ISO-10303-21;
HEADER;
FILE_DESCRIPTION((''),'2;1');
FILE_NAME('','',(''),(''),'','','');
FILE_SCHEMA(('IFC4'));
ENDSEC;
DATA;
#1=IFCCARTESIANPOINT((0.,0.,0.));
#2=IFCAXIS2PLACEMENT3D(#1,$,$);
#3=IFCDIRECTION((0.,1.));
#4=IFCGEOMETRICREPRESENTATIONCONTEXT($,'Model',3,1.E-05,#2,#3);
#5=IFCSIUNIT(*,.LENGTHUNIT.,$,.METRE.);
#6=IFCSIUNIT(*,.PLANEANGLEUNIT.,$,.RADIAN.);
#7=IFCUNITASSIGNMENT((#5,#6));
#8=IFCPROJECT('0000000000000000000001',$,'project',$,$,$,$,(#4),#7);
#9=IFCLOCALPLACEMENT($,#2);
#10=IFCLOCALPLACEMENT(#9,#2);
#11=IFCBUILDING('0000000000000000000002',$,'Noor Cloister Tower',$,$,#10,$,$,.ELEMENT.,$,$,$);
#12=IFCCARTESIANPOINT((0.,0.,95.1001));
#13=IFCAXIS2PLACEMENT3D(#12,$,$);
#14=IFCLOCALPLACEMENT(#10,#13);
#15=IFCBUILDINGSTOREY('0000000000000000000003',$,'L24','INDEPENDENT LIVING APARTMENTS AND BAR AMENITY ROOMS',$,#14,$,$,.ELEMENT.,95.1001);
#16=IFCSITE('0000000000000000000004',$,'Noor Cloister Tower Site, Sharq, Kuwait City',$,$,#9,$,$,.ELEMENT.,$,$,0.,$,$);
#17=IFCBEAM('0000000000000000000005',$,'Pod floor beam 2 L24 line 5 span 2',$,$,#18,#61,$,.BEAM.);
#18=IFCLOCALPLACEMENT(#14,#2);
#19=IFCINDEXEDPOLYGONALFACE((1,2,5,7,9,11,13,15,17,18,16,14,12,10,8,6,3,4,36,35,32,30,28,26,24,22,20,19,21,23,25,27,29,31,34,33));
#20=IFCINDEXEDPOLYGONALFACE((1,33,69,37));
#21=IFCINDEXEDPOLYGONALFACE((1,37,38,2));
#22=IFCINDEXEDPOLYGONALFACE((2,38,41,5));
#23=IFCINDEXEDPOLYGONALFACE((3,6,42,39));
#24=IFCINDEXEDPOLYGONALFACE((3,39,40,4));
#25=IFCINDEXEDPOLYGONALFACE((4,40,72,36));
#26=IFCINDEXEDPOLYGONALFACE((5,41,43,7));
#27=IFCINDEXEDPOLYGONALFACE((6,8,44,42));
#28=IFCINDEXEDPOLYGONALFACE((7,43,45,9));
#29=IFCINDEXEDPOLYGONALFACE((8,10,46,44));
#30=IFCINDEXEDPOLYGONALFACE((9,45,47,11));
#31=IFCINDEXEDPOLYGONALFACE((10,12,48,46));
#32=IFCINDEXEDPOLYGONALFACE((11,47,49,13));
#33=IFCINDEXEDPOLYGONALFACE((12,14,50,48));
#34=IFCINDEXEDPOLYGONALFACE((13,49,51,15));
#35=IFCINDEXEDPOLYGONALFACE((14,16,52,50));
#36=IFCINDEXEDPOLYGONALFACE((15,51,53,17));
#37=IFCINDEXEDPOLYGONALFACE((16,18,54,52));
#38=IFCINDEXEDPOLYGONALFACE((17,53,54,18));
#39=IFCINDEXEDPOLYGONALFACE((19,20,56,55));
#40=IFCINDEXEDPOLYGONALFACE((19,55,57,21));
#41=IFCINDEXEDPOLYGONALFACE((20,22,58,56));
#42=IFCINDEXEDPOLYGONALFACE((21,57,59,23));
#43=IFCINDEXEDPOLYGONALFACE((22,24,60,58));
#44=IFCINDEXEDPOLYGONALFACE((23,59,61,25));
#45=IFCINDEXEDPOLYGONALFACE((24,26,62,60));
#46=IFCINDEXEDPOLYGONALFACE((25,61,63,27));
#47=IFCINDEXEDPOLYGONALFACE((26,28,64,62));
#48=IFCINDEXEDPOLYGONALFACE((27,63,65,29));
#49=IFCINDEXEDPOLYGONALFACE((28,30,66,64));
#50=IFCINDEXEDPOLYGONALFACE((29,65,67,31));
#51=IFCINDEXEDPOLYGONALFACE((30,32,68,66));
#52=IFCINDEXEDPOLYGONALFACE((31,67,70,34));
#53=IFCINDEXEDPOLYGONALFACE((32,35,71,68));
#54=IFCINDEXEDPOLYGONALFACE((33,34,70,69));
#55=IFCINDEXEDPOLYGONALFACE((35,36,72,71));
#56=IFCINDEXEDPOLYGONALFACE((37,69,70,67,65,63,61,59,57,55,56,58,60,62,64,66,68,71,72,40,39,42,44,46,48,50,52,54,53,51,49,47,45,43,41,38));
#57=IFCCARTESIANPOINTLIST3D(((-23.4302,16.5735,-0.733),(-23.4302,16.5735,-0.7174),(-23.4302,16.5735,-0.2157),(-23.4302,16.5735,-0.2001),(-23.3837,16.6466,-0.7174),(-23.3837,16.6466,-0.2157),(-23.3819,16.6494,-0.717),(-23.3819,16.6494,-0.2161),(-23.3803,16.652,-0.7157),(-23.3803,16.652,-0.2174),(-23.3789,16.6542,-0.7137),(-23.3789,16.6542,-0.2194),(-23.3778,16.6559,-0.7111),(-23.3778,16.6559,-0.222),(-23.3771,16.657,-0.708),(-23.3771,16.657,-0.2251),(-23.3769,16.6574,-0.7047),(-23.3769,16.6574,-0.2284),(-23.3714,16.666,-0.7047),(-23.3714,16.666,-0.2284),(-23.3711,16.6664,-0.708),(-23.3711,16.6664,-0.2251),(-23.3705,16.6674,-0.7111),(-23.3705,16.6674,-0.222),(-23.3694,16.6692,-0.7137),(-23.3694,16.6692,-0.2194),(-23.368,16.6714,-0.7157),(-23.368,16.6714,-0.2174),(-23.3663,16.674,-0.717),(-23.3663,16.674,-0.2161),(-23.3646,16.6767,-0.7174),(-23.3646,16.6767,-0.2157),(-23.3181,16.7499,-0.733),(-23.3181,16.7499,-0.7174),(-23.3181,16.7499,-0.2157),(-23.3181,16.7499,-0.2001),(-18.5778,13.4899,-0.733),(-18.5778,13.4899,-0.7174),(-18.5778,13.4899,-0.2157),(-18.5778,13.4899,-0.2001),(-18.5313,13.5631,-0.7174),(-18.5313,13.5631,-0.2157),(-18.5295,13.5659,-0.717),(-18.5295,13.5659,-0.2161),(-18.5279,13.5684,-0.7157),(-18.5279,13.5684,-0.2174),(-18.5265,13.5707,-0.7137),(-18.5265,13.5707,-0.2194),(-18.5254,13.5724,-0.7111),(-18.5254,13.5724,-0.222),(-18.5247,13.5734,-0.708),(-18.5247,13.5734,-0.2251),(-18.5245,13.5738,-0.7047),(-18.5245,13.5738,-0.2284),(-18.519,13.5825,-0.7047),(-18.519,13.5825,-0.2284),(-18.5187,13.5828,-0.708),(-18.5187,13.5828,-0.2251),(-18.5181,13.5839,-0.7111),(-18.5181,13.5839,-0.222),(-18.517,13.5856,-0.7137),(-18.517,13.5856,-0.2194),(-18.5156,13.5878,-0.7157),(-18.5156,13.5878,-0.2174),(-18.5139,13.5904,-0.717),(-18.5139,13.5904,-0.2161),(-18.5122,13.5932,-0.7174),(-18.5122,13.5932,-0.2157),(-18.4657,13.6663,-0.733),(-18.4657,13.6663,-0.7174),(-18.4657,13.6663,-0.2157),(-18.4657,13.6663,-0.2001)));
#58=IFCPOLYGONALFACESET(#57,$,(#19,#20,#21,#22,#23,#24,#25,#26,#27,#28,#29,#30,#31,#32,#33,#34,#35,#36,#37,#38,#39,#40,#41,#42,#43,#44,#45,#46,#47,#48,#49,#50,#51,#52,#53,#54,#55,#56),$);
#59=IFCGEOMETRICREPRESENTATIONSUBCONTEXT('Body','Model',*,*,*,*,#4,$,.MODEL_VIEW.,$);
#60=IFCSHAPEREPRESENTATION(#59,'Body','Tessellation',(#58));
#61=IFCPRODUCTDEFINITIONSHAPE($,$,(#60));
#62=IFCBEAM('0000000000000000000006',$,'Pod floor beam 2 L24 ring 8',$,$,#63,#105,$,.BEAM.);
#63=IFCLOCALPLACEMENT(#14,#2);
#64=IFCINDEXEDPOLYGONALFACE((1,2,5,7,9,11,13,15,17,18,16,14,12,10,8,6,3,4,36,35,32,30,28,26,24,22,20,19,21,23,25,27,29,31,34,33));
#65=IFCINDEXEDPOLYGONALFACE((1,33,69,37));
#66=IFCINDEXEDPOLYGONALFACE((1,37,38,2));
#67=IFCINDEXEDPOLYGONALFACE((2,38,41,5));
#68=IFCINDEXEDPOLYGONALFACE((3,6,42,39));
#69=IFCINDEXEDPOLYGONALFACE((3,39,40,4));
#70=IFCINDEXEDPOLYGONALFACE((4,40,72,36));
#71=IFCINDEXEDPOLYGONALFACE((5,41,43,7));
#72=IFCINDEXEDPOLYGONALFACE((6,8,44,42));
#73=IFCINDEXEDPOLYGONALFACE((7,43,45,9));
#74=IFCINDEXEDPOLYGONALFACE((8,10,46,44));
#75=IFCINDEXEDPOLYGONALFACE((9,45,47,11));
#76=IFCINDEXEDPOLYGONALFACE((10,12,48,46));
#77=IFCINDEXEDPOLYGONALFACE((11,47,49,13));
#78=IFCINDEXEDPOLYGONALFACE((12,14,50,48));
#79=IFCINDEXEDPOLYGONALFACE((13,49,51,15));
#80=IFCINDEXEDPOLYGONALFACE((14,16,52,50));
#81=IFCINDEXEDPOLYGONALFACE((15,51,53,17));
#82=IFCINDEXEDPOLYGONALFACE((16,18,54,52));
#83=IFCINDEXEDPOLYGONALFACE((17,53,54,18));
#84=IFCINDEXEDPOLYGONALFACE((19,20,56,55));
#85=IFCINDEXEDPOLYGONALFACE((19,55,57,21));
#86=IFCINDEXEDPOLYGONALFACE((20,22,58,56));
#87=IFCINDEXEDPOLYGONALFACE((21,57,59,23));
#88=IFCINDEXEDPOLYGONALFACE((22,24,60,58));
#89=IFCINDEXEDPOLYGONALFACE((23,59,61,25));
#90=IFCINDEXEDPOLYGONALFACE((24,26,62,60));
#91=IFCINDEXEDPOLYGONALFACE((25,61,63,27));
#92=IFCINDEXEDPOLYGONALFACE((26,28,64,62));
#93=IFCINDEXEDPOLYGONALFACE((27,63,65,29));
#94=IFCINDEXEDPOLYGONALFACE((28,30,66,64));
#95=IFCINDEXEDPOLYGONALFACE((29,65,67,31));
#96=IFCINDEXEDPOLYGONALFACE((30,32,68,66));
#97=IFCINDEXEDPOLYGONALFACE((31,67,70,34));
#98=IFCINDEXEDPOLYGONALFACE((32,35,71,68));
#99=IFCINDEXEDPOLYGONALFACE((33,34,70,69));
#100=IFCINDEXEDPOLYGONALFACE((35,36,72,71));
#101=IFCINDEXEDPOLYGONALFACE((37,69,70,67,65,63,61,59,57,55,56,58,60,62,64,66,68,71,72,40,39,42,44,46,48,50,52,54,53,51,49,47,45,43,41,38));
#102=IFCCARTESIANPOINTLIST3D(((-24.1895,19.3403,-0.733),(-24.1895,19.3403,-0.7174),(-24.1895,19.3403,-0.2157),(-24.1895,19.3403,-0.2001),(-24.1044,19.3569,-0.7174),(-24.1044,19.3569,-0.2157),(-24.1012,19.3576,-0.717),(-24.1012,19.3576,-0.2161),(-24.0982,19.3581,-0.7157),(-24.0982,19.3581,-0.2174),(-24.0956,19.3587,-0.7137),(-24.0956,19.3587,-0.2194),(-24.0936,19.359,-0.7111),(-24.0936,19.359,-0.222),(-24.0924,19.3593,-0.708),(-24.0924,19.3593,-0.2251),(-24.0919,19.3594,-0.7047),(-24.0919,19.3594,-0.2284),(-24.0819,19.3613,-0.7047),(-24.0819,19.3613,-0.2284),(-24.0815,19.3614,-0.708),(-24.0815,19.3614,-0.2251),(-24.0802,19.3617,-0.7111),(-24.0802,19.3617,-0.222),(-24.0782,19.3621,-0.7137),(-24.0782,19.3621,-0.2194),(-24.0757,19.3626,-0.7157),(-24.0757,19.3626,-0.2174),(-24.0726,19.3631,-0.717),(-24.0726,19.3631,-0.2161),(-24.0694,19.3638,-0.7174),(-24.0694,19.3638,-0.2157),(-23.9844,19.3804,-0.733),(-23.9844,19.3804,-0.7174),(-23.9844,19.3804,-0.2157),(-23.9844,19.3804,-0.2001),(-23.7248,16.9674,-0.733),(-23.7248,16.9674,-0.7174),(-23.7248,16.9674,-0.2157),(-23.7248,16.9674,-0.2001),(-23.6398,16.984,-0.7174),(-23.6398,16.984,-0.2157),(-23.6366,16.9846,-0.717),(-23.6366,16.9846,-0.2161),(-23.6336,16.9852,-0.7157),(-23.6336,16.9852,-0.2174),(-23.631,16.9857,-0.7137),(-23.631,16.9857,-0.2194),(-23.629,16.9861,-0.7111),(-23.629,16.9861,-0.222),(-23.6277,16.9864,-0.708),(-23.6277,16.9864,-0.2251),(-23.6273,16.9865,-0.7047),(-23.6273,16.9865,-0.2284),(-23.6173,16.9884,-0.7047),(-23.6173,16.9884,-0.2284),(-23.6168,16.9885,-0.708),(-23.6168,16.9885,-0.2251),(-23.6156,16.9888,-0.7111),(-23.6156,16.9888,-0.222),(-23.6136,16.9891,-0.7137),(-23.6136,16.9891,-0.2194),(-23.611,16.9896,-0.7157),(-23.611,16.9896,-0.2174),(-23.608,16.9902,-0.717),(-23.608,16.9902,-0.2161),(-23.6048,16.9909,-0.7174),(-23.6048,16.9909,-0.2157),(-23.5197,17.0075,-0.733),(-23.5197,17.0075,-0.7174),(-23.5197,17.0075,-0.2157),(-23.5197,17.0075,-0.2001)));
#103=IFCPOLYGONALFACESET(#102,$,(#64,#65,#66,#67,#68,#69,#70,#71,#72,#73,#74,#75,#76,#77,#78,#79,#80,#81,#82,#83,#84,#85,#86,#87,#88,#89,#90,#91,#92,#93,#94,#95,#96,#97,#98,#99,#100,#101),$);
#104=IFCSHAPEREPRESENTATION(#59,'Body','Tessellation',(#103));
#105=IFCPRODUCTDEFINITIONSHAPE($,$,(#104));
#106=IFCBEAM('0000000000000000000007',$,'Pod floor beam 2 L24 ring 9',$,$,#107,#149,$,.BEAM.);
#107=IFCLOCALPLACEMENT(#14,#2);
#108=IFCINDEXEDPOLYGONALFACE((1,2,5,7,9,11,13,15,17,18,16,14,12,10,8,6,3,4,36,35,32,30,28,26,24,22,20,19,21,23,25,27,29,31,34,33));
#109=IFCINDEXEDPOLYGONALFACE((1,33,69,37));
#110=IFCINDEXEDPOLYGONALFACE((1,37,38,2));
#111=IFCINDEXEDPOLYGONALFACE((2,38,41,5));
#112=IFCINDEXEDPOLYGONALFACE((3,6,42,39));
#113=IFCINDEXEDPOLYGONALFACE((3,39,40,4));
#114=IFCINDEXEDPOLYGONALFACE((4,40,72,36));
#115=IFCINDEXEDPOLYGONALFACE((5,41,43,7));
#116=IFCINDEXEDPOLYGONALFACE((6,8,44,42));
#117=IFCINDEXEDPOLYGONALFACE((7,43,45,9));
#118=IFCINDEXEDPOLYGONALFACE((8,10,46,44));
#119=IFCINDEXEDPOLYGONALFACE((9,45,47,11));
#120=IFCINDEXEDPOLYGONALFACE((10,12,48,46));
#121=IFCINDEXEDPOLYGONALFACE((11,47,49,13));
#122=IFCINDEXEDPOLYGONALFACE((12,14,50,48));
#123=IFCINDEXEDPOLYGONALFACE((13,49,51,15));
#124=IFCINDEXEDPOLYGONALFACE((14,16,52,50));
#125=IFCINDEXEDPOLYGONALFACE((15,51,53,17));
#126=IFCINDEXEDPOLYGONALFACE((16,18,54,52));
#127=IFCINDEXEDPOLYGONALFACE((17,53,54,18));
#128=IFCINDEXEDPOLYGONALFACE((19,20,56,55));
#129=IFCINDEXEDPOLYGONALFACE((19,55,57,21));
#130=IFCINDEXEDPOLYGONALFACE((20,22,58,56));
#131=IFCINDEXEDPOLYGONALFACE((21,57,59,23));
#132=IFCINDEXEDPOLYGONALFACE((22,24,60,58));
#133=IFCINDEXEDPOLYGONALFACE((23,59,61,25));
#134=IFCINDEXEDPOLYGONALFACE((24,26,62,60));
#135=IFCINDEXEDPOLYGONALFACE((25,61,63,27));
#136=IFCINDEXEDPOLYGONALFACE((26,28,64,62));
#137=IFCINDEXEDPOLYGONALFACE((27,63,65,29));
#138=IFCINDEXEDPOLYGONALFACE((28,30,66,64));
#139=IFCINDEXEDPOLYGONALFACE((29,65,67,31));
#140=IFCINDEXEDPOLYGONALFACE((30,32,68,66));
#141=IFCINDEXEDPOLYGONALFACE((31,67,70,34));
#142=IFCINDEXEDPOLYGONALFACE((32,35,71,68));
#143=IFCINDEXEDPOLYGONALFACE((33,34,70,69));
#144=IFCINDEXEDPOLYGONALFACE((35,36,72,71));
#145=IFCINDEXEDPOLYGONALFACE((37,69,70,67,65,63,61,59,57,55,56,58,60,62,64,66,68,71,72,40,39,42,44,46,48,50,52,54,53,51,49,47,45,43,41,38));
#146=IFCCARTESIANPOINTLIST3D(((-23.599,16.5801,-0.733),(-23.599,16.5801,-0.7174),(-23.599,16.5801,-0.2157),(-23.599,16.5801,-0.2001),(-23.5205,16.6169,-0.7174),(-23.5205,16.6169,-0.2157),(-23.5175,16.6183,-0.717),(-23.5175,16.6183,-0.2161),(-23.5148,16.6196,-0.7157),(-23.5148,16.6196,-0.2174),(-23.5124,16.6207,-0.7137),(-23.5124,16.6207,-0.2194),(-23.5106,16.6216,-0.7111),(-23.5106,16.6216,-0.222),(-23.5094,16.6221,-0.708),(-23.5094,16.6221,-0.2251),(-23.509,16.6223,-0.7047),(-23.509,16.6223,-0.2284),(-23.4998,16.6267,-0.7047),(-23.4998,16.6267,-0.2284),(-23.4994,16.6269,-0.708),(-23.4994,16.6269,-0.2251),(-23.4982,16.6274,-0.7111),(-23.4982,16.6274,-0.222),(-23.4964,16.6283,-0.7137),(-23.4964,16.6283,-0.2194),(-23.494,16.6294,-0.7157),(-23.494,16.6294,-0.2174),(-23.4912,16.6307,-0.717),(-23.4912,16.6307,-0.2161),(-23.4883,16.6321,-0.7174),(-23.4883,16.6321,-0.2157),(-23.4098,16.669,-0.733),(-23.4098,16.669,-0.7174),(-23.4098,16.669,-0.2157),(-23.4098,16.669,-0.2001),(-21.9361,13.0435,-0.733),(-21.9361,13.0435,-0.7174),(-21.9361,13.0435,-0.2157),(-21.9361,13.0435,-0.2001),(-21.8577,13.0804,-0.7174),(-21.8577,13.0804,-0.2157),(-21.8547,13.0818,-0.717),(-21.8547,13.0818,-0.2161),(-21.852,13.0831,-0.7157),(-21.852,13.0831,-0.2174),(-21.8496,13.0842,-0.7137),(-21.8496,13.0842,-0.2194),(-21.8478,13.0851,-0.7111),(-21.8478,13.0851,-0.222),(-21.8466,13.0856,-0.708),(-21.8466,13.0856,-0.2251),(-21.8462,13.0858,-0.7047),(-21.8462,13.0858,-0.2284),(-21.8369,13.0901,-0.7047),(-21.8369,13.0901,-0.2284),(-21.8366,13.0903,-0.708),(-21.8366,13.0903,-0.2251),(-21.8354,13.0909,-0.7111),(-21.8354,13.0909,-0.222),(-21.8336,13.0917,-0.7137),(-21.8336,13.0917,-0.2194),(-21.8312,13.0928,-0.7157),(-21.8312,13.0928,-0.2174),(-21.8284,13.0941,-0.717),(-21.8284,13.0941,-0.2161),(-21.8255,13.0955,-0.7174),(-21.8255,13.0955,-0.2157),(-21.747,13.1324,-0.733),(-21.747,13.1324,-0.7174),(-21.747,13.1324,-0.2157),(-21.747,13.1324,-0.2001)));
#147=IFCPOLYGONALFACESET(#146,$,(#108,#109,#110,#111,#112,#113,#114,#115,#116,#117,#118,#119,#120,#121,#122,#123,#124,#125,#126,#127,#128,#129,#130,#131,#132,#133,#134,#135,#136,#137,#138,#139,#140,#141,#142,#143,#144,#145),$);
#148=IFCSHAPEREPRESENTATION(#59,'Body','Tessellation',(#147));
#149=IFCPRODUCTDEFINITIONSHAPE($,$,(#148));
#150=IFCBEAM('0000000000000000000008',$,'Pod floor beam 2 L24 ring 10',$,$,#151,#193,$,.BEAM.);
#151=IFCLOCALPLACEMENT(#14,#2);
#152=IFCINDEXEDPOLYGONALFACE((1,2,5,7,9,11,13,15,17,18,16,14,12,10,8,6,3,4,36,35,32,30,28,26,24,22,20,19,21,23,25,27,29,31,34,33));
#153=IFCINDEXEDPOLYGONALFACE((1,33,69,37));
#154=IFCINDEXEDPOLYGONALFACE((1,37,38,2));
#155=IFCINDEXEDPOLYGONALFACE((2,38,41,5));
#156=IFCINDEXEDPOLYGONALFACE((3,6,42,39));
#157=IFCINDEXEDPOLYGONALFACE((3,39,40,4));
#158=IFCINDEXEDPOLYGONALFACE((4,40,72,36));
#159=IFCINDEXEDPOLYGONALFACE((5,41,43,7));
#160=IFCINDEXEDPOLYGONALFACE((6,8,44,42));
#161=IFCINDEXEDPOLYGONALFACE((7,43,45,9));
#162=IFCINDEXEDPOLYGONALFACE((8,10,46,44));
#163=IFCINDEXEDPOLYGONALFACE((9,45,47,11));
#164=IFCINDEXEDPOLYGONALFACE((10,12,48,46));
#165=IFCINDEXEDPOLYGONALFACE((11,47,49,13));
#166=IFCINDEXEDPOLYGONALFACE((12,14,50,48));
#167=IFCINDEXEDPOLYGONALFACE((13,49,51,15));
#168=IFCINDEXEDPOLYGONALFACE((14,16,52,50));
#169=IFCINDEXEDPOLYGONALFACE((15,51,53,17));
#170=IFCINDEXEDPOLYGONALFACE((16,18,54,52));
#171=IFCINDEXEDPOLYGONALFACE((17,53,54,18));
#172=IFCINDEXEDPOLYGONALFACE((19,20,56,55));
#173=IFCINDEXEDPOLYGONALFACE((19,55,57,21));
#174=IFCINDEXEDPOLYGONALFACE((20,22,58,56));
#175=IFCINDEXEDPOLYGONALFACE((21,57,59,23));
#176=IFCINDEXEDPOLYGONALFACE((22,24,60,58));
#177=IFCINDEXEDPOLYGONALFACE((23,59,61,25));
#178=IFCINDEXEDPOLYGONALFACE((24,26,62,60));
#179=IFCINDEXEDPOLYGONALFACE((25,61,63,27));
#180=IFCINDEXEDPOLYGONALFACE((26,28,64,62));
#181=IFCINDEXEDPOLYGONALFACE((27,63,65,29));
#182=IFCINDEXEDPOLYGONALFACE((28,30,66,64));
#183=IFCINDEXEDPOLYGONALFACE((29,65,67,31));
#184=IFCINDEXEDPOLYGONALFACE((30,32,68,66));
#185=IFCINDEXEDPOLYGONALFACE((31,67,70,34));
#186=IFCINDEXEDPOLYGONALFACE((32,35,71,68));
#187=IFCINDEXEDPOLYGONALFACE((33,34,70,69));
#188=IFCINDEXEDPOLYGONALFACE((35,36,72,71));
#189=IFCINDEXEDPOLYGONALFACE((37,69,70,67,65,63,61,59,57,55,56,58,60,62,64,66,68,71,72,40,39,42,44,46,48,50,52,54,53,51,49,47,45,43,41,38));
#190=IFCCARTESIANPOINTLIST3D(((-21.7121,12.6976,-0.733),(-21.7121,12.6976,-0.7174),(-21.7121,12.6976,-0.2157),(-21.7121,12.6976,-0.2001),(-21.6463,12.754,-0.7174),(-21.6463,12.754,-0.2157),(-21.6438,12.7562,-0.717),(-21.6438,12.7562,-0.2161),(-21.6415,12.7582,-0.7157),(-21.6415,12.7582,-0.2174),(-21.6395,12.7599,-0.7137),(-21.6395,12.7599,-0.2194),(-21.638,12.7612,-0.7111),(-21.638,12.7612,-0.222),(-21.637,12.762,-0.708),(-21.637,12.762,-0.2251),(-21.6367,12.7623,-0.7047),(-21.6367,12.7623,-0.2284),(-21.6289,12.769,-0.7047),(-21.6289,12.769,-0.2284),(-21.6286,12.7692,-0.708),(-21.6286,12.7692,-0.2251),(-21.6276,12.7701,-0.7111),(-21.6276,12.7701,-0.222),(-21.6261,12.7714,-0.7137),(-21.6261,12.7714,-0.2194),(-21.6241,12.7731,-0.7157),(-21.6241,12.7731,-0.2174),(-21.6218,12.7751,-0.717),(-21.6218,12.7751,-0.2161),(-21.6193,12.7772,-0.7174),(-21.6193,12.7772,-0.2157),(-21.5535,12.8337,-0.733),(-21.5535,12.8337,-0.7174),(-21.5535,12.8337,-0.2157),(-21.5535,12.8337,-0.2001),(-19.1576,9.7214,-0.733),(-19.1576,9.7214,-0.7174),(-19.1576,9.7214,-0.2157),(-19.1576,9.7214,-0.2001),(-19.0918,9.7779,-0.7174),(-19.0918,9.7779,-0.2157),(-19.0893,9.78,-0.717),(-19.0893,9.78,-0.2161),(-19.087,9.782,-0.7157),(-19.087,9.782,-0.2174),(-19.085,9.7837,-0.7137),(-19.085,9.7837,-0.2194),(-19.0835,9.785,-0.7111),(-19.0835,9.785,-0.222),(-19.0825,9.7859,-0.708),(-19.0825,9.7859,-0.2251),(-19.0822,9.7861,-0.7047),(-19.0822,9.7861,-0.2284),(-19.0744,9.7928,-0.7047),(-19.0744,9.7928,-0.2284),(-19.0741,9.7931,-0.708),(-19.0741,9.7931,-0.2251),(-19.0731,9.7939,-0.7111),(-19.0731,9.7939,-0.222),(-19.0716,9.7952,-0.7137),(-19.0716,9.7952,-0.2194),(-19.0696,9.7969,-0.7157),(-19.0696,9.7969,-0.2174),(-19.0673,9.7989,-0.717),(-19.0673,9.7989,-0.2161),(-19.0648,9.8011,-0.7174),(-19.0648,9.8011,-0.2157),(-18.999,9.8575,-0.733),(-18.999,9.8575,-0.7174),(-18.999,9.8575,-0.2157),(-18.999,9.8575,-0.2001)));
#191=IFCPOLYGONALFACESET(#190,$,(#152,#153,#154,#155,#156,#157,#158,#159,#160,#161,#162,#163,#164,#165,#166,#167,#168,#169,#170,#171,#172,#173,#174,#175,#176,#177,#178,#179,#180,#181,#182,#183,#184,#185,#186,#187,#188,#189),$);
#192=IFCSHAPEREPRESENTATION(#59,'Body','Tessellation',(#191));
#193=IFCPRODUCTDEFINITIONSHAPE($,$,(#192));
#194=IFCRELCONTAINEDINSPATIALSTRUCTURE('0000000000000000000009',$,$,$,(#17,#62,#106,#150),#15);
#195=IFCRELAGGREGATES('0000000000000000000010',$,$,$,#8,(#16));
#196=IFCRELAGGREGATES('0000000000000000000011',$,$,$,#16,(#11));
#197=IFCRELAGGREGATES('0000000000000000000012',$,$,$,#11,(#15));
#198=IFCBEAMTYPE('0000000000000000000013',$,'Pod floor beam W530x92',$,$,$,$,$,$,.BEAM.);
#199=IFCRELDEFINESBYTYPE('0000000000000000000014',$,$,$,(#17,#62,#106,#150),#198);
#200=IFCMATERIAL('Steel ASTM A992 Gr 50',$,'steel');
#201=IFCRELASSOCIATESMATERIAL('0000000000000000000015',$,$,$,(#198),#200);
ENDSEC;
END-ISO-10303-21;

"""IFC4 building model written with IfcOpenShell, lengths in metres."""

from ifc_helpers import new_model, si_unit, direction, frame, origin, origin_2d, place, context, subcontext, project, spatial, i_section, extrude, material, material_profile, profile_set, type_object, element, save


model = new_model("IFC4")

# Units and contexts
model_context = context("Model", 3, precision=1e-05, world=origin(), true_north=direction((0.0, 1.0)))
body_context = subcontext(model_context, "Body", "Model", "MODEL_VIEW")
ifc_project = project(units=[si_unit("LENGTHUNIT", "METRE"), si_unit("PLANEANGLEUNIT", "RADIAN")], contexts=[model_context])

# Site, building, storey
site_placement = place(None, origin())
site = spatial("IfcSite", under=ifc_project, at=site_placement, Name="Noor Cloister Tower Site, Sharq, Kuwait City", CompositionType="ELEMENT", RefElevation=0.0)
building_placement = place(site_placement, origin())
building = spatial("IfcBuilding", under=site, at=building_placement, Name="Noor Cloister Tower", CompositionType="ELEMENT")
storey_placement = place(building_placement, frame((0.0, 0.0, 95.1001)))
storey = spatial("IfcBuildingStorey", under=building, at=storey_placement, Name="L24", Description="INDEPENDENT LIVING APARTMENTS AND BAR AMENITY ROOMS", CompositionType="ELEMENT", Elevation=95.1001)

# Beams
ifc_material_1 = material(Name="Steel ASTM A992 Gr 50", Category="steel")
ifc_material_profile_1 = material_profile(ifc_material_1, i_section(OverallWidth=0.209, OverallDepth=0.533, WebThickness=0.0103, FlangeThickness=0.0156, FilletRadius=0.0127, at=origin_2d()), Name="W530x92")
ifc_profile_set_1 = profile_set([ifc_material_profile_1], Name="Steel ASTM A992 Gr 50")
beam_type = type_object("IfcBeamType", Name="Pod floor beam W530x92", PredefinedType="BEAM", material=ifc_profile_set_1)
beam_1_placement = place(storey_placement, frame((-18.5217, 13.5781, -0.4666), z_axis=(-0.844002, 0.53634, 0.0), x_axis=(-0.53634, -0.844002, 0.0)))
element("IfcBeam", 1, at=beam_1_placement, inside=storey, type_object=beam_type, Name="Pod floor beam 2 L24 line 5 span 2", PredefinedType="BEAM", context=body_context, shape_type="SweptSolid", body=[
    extrude(i_section(OverallWidth=0.209, OverallDepth=0.533, WebThickness=0.0103, FlangeThickness=0.0156, FilletRadius=0.0127, at=origin_2d()), origin(), (0.0, 0.0, 1.0), 5.7493),
])
beam_2_placement = place(storey_placement, frame((-24.0869, 19.3604, -0.4666), z_axis=(0.192153, -0.981365, 0.0), x_axis=(0.981365, 0.192153, 0.0)))
element("IfcBeam", 2, at=beam_2_placement, inside=storey, type_object=beam_type, Name="Pod floor beam 2 L24 ring 8", PredefinedType="BEAM", context=body_context, shape_type="SweptSolid", body=[
    extrude(i_section(OverallWidth=0.209, OverallDepth=0.533, WebThickness=0.0103, FlangeThickness=0.0156, FilletRadius=0.0127, at=origin_2d()), origin(), (0.0, 0.0, 1.0), 2.418),
])
beam_3_placement = place(storey_placement, frame((-23.5044, 16.6245, -0.4666), z_axis=(0.425493, -0.904962, 0.0), x_axis=(0.904962, 0.425493, 0.0)))
element("IfcBeam", 3, at=beam_3_placement, inside=storey, type_object=beam_type, Name="Pod floor beam 2 L24 ring 9", PredefinedType="BEAM", context=body_context, shape_type="SweptSolid", body=[
    extrude(i_section(OverallWidth=0.209, OverallDepth=0.533, WebThickness=0.0103, FlangeThickness=0.0156, FilletRadius=0.0127, at=origin_2d()), origin(), (0.0, 0.0, 1.0), 3.908),
])
beam_4_placement = place(storey_placement, frame((-21.6328, 12.7656, -0.4666), z_axis=(0.651309, -0.758813, 0.0), x_axis=(0.758813, 0.651309, 0.0)))
element("IfcBeam", 4, at=beam_4_placement, inside=storey, type_object=beam_type, Name="Pod floor beam 2 L24 ring 10", PredefinedType="BEAM", context=body_context, shape_type="SweptSolid", body=[
    extrude(i_section(OverallWidth=0.209, OverallDepth=0.533, WebThickness=0.0103, FlangeThickness=0.0156, FilletRadius=0.0127, at=origin_2d()), origin(), (0.0, 0.0, 1.0), 3.9221),
])

save(model, "model.ifc")
